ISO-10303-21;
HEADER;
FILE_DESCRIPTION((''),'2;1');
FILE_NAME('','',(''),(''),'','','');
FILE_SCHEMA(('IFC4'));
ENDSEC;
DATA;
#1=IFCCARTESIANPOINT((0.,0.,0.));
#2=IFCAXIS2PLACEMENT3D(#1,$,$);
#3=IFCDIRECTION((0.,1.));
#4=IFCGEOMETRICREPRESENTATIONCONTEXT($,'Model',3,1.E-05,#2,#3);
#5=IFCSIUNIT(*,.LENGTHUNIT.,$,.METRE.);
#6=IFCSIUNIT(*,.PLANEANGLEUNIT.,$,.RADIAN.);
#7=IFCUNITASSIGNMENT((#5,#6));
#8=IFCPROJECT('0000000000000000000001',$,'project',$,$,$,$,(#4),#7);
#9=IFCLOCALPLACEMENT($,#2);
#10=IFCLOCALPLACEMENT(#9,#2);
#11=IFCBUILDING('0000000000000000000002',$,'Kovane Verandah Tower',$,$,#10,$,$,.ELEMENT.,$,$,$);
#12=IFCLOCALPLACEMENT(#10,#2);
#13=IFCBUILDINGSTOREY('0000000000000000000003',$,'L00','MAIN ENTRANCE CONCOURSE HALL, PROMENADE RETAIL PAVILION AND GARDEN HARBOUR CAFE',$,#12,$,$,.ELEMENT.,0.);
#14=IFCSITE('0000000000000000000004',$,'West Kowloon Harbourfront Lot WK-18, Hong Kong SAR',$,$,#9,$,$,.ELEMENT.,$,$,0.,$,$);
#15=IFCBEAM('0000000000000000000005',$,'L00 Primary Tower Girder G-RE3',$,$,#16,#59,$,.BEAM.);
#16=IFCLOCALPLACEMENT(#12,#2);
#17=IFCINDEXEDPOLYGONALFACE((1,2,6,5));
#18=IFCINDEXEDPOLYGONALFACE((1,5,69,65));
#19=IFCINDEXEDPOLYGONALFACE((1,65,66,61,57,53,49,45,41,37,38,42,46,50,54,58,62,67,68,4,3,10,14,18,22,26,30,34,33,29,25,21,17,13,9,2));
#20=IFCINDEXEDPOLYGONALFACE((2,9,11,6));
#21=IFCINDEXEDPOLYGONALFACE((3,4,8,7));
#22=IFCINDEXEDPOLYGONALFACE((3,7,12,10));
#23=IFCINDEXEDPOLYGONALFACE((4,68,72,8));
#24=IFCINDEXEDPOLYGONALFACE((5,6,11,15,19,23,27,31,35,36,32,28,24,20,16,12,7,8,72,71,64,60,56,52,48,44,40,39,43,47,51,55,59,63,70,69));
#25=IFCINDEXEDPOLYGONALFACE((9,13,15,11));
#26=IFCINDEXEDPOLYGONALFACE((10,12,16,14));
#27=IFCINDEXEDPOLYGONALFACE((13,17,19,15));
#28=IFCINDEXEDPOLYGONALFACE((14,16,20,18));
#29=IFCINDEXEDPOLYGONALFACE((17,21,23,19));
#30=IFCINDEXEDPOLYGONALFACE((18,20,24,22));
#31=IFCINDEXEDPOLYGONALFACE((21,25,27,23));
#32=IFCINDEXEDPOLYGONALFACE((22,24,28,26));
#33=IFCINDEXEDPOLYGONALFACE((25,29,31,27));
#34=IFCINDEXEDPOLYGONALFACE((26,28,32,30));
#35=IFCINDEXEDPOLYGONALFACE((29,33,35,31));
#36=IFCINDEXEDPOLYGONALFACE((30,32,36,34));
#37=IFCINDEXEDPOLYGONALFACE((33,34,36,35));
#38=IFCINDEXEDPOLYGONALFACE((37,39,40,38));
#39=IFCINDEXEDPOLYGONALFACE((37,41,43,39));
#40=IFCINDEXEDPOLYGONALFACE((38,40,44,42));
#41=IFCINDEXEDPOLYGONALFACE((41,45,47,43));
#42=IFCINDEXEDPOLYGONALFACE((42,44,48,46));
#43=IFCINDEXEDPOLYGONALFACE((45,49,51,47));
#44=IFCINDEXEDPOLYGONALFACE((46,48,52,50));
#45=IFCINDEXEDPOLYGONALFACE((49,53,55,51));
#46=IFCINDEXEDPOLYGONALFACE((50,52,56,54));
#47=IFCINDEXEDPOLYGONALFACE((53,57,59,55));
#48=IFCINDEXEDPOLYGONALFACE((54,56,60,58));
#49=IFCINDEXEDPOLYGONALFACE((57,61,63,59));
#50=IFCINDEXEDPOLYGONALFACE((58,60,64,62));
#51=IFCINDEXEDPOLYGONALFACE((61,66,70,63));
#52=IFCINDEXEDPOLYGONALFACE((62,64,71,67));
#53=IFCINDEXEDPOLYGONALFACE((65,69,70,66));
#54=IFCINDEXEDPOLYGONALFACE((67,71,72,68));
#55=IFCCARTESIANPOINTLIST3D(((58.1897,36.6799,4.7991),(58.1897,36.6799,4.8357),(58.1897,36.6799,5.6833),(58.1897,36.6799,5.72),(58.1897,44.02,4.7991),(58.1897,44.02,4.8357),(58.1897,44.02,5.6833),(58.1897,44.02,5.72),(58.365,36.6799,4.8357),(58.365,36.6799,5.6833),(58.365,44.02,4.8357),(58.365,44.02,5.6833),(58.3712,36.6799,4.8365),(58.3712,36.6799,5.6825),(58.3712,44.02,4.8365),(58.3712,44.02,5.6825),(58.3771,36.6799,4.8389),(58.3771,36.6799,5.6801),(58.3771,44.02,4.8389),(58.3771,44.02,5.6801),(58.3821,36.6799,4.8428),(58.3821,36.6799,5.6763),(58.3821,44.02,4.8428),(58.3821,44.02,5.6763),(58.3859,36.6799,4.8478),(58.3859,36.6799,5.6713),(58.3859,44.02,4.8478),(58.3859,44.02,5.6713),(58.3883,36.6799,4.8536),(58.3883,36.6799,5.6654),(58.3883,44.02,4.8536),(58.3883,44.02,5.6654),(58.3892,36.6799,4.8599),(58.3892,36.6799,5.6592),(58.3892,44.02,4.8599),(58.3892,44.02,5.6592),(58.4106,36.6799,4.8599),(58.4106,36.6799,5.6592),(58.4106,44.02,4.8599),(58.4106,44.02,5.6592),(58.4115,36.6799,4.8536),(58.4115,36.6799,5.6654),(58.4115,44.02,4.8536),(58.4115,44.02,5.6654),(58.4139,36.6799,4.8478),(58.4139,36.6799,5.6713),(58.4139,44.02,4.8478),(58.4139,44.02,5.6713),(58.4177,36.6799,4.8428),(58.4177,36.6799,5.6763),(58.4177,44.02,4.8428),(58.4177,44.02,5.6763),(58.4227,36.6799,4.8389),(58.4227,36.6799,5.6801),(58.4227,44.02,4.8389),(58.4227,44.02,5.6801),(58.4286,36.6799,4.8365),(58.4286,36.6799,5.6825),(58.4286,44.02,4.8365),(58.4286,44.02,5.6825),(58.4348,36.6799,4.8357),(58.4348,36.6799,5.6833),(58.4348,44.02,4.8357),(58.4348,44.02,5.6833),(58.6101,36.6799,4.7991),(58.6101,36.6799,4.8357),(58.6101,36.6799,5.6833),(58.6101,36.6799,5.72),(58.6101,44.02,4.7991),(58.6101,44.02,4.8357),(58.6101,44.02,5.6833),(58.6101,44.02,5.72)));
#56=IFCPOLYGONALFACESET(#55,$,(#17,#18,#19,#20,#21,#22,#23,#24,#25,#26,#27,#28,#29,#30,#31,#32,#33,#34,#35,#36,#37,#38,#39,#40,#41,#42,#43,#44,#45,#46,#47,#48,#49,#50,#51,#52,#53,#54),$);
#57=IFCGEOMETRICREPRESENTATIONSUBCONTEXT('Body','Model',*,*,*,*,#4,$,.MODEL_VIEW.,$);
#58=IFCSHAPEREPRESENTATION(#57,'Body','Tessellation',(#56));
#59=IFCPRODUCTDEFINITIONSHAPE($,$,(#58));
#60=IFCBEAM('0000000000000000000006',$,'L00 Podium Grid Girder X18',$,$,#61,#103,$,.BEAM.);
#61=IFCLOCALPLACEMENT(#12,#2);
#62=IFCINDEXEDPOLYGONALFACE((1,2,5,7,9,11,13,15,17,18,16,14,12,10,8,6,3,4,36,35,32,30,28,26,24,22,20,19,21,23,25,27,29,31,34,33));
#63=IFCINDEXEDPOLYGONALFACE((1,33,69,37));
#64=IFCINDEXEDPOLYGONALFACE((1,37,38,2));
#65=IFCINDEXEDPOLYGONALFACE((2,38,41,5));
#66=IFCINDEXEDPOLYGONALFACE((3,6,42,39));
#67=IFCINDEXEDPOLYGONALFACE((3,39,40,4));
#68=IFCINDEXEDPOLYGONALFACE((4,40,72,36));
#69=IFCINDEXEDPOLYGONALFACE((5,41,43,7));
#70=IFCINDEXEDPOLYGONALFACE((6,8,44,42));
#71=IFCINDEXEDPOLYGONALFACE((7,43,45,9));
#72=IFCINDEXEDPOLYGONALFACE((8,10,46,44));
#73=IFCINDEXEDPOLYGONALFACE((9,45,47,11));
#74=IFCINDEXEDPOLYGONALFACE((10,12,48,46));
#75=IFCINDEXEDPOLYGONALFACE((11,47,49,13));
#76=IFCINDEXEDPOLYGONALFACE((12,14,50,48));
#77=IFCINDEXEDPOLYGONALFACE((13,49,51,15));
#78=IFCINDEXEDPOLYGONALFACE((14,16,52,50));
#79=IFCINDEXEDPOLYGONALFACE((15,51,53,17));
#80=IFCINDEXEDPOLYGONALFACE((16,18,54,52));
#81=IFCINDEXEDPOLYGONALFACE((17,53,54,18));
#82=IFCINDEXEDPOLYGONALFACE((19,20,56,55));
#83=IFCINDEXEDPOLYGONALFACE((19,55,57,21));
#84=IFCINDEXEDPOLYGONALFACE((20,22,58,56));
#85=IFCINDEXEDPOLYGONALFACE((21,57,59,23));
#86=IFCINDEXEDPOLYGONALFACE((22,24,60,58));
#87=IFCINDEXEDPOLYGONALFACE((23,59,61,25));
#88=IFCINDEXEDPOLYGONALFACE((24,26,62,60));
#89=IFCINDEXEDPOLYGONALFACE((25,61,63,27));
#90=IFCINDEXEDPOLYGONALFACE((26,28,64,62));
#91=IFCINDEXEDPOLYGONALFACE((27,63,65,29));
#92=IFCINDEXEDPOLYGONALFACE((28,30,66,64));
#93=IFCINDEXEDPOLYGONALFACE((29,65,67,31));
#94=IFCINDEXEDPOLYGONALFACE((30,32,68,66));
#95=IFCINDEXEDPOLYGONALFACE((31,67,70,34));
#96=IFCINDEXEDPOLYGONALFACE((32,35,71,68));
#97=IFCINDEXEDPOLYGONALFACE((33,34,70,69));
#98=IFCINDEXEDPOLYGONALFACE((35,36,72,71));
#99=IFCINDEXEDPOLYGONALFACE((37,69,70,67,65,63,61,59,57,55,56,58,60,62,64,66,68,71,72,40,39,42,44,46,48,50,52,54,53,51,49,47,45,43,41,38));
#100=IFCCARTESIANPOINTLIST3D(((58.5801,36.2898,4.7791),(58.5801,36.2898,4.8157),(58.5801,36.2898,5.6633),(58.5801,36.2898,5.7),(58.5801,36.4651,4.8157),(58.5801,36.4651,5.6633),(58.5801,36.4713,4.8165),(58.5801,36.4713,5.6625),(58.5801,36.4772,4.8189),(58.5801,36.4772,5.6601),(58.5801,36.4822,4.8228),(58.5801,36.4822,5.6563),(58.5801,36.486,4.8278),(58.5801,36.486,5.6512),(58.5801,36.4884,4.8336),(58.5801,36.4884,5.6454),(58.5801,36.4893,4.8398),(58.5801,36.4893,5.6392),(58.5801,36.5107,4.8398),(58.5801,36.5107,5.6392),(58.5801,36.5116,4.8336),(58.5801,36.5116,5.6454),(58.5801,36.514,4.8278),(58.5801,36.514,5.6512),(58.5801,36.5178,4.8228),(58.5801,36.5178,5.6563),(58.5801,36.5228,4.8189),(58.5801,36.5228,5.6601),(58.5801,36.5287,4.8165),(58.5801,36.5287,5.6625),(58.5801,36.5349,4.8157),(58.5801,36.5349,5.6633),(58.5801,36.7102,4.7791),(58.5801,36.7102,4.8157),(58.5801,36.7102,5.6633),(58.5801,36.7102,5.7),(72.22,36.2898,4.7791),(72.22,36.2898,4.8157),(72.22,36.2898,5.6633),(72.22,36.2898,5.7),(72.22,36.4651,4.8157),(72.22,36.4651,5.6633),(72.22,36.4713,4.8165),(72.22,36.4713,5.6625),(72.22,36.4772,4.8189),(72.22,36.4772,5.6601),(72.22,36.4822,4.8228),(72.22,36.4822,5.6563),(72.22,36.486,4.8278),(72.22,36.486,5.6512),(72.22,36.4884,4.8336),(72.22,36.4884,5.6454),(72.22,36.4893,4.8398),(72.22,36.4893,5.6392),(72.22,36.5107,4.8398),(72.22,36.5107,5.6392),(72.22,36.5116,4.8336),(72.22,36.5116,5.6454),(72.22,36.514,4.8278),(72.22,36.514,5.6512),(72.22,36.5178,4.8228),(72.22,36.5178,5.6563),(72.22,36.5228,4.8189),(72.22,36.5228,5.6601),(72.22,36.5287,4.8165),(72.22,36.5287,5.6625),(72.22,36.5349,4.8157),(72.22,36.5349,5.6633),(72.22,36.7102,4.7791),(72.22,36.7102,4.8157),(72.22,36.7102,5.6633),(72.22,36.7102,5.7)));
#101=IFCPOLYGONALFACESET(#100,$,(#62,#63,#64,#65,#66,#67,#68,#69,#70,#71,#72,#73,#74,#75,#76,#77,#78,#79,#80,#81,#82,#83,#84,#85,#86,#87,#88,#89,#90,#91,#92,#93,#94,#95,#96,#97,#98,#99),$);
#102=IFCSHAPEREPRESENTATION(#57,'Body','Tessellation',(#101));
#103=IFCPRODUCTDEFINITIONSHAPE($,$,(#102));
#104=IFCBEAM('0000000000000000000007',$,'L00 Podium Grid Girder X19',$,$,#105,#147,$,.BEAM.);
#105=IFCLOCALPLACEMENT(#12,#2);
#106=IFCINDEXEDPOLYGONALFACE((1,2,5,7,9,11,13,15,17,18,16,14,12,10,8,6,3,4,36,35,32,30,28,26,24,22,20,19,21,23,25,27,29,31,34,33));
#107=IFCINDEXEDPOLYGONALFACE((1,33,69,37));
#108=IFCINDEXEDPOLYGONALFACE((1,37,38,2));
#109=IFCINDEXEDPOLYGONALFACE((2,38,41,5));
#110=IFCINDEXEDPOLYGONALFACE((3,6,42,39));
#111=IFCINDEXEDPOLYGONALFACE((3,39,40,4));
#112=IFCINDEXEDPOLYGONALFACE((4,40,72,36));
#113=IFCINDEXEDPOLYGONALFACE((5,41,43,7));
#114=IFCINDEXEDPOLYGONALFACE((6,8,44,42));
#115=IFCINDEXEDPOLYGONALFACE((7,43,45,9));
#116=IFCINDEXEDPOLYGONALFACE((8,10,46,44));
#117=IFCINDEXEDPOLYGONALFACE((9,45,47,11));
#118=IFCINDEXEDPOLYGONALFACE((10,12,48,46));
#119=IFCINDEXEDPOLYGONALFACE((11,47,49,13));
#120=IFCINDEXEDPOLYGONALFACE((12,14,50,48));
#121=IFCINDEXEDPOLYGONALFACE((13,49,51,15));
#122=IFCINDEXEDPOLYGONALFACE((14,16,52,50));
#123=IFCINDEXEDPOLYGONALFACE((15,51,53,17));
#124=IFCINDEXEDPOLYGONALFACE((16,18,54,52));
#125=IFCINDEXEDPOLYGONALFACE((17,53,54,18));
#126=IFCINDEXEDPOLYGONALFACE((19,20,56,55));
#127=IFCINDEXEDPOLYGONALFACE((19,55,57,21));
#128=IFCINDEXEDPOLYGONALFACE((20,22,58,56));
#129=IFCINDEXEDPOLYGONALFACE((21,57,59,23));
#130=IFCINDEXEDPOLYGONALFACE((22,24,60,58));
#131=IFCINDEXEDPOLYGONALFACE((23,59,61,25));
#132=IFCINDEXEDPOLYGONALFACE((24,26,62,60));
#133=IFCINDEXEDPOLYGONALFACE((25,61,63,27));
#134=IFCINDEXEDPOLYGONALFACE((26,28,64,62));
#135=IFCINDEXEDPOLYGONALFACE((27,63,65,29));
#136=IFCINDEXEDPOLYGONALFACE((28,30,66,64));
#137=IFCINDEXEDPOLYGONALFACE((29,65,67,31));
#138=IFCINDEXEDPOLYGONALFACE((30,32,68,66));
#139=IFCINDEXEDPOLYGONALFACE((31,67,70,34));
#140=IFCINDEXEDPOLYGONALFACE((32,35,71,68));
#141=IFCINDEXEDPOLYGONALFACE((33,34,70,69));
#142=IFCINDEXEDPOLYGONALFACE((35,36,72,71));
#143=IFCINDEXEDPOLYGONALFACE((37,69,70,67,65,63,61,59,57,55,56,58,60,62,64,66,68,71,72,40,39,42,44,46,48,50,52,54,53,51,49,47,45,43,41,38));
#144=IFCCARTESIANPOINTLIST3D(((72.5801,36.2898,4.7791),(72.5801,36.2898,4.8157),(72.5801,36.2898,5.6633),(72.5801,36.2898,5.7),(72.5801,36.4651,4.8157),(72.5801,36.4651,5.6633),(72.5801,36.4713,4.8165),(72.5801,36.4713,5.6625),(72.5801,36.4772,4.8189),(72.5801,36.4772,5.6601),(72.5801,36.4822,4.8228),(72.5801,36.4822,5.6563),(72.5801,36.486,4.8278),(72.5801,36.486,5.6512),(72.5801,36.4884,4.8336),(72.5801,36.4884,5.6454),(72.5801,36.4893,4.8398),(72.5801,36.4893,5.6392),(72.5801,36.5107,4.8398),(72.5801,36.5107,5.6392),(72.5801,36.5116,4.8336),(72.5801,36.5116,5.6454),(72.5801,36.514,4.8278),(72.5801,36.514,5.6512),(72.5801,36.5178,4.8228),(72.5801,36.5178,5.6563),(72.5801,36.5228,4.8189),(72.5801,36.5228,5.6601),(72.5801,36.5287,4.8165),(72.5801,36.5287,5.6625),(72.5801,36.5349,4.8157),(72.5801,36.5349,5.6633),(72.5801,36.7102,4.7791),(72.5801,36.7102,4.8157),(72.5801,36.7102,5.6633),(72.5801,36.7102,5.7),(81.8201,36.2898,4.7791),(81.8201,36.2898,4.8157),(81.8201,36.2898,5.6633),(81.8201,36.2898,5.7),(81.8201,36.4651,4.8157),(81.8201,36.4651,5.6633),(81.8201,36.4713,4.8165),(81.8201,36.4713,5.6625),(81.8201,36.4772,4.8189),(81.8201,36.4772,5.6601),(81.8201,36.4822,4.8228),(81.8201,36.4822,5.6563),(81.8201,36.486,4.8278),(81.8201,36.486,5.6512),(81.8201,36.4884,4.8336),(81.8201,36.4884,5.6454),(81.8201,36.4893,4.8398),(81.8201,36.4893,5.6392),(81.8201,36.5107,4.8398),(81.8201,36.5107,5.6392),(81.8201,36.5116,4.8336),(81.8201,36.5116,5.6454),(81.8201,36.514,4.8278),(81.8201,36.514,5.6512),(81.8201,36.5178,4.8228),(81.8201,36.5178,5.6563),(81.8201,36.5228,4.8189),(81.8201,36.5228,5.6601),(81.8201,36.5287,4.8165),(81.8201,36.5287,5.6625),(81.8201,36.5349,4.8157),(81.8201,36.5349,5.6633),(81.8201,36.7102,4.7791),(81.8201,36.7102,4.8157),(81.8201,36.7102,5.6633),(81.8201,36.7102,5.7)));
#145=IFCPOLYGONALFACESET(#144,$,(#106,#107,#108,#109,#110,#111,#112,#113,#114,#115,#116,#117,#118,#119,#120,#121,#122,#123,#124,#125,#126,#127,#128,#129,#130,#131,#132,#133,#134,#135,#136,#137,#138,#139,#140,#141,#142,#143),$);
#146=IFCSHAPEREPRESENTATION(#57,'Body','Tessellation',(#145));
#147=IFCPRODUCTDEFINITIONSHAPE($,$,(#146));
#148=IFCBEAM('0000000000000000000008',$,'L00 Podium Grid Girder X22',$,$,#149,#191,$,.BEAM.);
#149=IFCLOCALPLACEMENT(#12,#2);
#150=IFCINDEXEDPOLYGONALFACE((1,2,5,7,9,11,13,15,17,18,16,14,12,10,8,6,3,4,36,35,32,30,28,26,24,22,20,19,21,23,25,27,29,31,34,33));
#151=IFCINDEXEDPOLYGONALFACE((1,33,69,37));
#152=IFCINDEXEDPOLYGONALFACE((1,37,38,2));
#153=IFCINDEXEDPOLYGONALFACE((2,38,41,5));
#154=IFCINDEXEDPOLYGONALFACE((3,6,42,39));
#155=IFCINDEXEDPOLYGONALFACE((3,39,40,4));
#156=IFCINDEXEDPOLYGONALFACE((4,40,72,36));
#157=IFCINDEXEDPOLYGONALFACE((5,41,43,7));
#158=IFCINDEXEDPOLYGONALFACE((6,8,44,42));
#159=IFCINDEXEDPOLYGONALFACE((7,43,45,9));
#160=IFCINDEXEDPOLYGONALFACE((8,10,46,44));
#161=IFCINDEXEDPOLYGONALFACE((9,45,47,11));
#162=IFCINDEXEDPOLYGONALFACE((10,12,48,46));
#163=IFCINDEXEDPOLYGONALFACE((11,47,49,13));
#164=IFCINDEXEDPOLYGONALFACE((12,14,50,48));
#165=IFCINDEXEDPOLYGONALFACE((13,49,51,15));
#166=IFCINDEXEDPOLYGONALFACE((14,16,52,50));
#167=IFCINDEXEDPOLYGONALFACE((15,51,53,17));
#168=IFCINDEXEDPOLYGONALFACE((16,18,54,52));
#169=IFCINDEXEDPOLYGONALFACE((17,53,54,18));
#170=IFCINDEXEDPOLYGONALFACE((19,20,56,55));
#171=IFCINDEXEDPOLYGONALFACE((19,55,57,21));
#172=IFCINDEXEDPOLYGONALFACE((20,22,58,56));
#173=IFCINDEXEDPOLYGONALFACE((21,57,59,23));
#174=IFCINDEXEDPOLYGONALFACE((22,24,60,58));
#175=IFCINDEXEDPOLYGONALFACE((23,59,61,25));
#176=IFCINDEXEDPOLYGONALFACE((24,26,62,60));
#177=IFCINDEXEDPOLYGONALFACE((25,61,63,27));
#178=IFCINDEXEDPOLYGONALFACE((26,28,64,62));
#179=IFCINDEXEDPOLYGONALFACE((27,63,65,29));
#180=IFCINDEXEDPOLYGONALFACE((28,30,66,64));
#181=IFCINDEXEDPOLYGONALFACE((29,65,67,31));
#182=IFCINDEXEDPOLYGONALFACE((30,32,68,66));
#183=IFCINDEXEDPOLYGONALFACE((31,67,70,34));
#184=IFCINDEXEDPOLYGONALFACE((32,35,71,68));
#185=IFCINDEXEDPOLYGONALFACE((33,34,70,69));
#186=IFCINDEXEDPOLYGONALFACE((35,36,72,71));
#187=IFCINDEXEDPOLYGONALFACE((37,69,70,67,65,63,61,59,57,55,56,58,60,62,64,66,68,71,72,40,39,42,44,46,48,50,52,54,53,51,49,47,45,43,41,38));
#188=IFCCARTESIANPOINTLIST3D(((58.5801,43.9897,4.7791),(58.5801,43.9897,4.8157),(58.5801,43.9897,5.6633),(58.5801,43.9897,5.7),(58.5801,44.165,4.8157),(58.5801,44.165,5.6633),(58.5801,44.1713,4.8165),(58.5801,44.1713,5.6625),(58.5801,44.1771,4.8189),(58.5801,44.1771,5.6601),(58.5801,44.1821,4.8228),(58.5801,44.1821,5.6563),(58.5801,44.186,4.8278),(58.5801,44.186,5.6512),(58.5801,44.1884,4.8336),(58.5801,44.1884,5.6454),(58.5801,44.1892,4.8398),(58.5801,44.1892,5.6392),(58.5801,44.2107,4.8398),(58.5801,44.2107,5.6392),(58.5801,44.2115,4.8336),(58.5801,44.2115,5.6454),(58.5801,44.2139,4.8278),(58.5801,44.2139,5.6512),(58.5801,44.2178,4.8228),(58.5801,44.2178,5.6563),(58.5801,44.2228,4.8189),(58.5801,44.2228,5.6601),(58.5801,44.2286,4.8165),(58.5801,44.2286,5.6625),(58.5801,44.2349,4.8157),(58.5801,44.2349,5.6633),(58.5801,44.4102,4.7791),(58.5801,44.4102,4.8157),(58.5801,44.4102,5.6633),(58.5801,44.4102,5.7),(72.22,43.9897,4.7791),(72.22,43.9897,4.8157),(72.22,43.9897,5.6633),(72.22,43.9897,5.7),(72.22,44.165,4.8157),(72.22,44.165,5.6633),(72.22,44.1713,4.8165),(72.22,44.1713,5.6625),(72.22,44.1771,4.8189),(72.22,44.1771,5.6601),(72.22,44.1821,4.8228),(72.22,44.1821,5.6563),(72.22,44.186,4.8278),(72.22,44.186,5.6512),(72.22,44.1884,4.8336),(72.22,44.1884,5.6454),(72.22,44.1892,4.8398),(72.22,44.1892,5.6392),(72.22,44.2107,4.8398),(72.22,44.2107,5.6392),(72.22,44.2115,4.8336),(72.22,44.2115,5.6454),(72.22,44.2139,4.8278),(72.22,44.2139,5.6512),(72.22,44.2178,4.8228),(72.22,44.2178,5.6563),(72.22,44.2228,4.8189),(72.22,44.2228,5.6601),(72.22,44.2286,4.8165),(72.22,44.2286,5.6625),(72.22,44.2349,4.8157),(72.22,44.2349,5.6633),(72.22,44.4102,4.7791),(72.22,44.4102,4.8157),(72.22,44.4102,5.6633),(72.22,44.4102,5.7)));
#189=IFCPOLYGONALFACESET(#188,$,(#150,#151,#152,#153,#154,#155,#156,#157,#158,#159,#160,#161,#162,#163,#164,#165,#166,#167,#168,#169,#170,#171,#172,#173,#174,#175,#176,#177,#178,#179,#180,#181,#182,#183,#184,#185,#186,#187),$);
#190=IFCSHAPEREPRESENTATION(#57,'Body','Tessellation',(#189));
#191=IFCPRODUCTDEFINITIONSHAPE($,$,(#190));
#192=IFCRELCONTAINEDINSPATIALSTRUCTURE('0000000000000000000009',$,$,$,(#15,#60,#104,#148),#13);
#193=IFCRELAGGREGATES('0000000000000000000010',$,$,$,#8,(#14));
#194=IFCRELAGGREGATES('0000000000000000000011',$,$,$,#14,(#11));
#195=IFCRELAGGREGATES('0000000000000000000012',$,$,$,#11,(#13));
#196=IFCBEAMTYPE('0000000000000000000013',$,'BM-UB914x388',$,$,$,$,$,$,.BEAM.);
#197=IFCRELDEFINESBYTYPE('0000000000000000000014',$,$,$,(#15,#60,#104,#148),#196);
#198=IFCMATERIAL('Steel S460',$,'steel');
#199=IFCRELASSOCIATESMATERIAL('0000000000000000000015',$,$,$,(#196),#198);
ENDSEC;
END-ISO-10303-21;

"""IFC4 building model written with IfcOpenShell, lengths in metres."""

from ifc_helpers import new_model, si_unit, direction, frame, origin, origin_2d, place, context, subcontext, project, spatial, i_section, extrude, material, material_profile, profile_set, type_object, element, save


model = new_model("IFC4")

# Units and contexts
model_context = context("Model", 3, precision=1e-05, world=origin(), true_north=direction((0.0, 1.0)))
body_context = subcontext(model_context, "Body", "Model", "MODEL_VIEW")
ifc_project = project(units=[si_unit("LENGTHUNIT", "METRE"), si_unit("PLANEANGLEUNIT", "RADIAN")], contexts=[model_context])

# Site, building, storey
site_placement = place(None, origin())
site = spatial("IfcSite", under=ifc_project, at=site_placement, Name="West Kowloon Harbourfront Lot WK-18, Hong Kong SAR", CompositionType="ELEMENT", RefElevation=0.0)
building_placement = place(site_placement, origin())
building = spatial("IfcBuilding", under=site, at=building_placement, Name="Kovane Verandah Tower", CompositionType="ELEMENT")
storey_placement = place(building_placement, origin())
storey = spatial("IfcBuildingStorey", under=building, at=storey_placement, Name="L00", Description="MAIN ENTRANCE CONCOURSE HALL, PROMENADE RETAIL PAVILION AND GARDEN HARBOUR CAFE", CompositionType="ELEMENT", Elevation=0.0)

# Shared definitions
ifc_material_1 = material(Name="Steel S460", Category="steel")

# Beams
ifc_material_profile_1 = material_profile(ifc_material_1, i_section(OverallWidth=0.4204, OverallDepth=0.9209, WebThickness=0.0215, FlangeThickness=0.0366, FilletRadius=0.0242, at=origin_2d()), Name="UB914x419x388")
ifc_profile_set_1 = profile_set([ifc_material_profile_1], Name="Steel S460")
beam_type = type_object("IfcBeamType", Name="BM-UB914x388", PredefinedType="BEAM", material=ifc_profile_set_1)
beam_1_placement = place(storey_placement, frame((58.3999, 36.6799, 5.2595), z_axis=(0.0, 1.0, 0.0), x_axis=(-1.0, 0.0, 0.0)))
element("IfcBeam", 1, at=beam_1_placement, inside=storey, type_object=beam_type, Name="L00 Primary Tower Girder G-RE3", PredefinedType="BEAM", context=body_context, shape_type="SweptSolid", body=[
    extrude(i_section(OverallWidth=0.4204, OverallDepth=0.9209, WebThickness=0.0215, FlangeThickness=0.0366, FilletRadius=0.0242, at=origin_2d()), origin(), (0.0, 0.0, 1.0), 7.3401),
])
beam_2_placement = place(storey_placement, frame((58.5801, 36.5, 5.2395), z_axis=(1.0, 0.0, 0.0), x_axis=(0.0, 1.0, 0.0)))
element("IfcBeam", 2, at=beam_2_placement, inside=storey, type_object=beam_type, Name="L00 Podium Grid Girder X18", PredefinedType="BEAM", context=body_context, shape_type="SweptSolid", body=[
    extrude(i_section(OverallWidth=0.4204, OverallDepth=0.9209, WebThickness=0.0215, FlangeThickness=0.0366, FilletRadius=0.0242, at=origin_2d()), origin(), (0.0, 0.0, 1.0), 13.6399),
])
beam_3_placement = place(storey_placement, frame((72.5801, 36.5, 5.2395), z_axis=(1.0, 0.0, 0.0), x_axis=(0.0, 1.0, 0.0)))
element("IfcBeam", 3, at=beam_3_placement, inside=storey, type_object=beam_type, Name="L00 Podium Grid Girder X19", PredefinedType="BEAM", context=body_context, shape_type="SweptSolid", body=[
    extrude(i_section(OverallWidth=0.4204, OverallDepth=0.9209, WebThickness=0.0215, FlangeThickness=0.0366, FilletRadius=0.0242, at=origin_2d()), origin(), (0.0, 0.0, 1.0), 9.24),
])
beam_4_placement = place(storey_placement, frame((58.5801, 44.2, 5.2395), z_axis=(1.0, 0.0, 0.0), x_axis=(0.0, 1.0, 0.0)))
element("IfcBeam", 4, at=beam_4_placement, inside=storey, type_object=beam_type, Name="L00 Podium Grid Girder X22", PredefinedType="BEAM", context=body_context, shape_type="SweptSolid", body=[
    extrude(i_section(OverallWidth=0.4204, OverallDepth=0.9209, WebThickness=0.0215, FlangeThickness=0.0366, FilletRadius=0.0242, at=origin_2d()), origin(), (0.0, 0.0, 1.0), 13.6399),
])

save(model, "model.ifc")
